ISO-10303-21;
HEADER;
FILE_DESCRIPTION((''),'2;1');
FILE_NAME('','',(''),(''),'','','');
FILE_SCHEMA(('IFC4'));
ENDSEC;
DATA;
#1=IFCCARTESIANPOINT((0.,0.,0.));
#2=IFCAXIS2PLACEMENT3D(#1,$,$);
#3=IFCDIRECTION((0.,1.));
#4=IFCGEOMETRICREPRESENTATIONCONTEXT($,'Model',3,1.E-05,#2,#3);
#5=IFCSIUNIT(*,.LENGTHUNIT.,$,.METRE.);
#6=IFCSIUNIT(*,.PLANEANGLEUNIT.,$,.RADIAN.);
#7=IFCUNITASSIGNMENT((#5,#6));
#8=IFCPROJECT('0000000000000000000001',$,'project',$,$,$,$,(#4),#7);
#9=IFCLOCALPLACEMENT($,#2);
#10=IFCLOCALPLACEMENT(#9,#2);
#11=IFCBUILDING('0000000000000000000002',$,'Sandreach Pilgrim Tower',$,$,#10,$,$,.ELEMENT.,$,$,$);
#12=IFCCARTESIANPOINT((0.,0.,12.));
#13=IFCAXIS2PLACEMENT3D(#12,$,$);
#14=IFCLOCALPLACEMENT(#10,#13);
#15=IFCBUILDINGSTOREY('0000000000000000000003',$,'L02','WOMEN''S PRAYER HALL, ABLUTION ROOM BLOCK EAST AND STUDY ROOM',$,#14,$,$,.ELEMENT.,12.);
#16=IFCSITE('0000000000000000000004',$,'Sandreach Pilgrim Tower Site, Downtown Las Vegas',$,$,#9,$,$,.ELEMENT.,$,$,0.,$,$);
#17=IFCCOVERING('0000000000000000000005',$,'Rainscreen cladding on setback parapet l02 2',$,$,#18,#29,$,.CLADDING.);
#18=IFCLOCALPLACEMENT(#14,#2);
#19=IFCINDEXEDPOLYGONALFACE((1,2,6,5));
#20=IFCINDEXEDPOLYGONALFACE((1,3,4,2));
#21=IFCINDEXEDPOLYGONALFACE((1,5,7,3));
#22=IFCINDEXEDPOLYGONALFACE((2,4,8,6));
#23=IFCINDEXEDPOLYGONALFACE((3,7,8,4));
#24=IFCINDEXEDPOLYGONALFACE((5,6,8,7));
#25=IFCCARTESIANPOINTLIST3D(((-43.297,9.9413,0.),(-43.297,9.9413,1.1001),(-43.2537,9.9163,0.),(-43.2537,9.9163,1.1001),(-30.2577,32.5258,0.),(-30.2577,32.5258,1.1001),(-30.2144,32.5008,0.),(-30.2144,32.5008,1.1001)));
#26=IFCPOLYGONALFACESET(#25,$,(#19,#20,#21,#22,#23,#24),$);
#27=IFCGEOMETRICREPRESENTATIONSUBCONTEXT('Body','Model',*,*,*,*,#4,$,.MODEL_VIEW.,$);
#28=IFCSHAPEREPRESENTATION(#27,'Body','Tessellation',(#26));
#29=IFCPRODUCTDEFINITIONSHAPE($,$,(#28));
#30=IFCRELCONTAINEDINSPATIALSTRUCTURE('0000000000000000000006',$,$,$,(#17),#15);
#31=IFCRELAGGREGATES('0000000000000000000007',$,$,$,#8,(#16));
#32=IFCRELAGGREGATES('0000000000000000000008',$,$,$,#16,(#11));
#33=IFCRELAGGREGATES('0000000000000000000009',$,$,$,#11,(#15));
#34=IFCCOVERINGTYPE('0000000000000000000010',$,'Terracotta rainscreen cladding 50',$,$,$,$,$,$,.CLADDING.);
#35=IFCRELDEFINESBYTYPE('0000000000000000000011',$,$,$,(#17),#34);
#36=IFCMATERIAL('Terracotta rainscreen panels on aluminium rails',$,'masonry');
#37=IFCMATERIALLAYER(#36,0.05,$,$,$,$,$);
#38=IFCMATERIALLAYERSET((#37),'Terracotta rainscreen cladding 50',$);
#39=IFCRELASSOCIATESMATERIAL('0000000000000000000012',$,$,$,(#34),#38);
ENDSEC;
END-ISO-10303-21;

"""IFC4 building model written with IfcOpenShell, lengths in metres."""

from ifc_helpers import new_model, si_unit, direction, frame, frame_2d, origin, place, context, subcontext, project, spatial, rectangle, extrude, material, layer, layer_set, type_object, element, save


model = new_model("IFC4")

# Units and contexts
model_context = context("Model", 3, precision=1e-05, world=origin(), true_north=direction((0.0, 1.0)))
body_context = subcontext(model_context, "Body", "Model", "MODEL_VIEW")
ifc_project = project(units=[si_unit("LENGTHUNIT", "METRE"), si_unit("PLANEANGLEUNIT", "RADIAN")], contexts=[model_context])

# Site, building, storey
site_placement = place(None, origin())
site = spatial("IfcSite", under=ifc_project, at=site_placement, Name="Sandreach Pilgrim Tower Site, Downtown Las Vegas", CompositionType="ELEMENT", RefElevation=0.0)
building_placement = place(site_placement, origin())
building = spatial("IfcBuilding", under=site, at=building_placement, Name="Sandreach Pilgrim Tower", CompositionType="ELEMENT")
storey_placement = place(building_placement, frame((0.0, 0.0, 12.0)))
storey = spatial("IfcBuildingStorey", under=building, at=storey_placement, Name="L02", Description="WOMEN'S PRAYER HALL, ABLUTION ROOM BLOCK EAST AND STUDY ROOM", CompositionType="ELEMENT", Elevation=12.0)

# Covering
ifc_material_1 = material(Name="Terracotta rainscreen panels on aluminium rails", Category="masonry")
ifc_layer_1 = layer(ifc_material_1, 0.05)
ifc_layer_set_1 = layer_set([ifc_layer_1], Name="Terracotta rainscreen cladding 50")
covering_type = type_object("IfcCoveringType", Name="Terracotta rainscreen cladding 50", PredefinedType="CLADDING", material=ifc_layer_set_1)
covering_1_placement = place(storey_placement, frame((-30.2361, 32.5132, 0.0), z_axis=(0.0, 0.0, 1.0), x_axis=(-0.500004, -0.866023, 0.0)))
element("IfcCovering", 1, at=covering_1_placement, inside=storey, type_object=covering_type, Name="Rainscreen cladding on setback parapet l02 2", PredefinedType="CLADDING", context=body_context, shape_type="SweptSolid", body=[
    extrude(rectangle(XDim=26.0784, YDim=0.05, at=frame_2d((13.0391, 0.0))), origin(), (0.0, 0.0, 1.0), 1.1001),
])

save(model, "model.ifc")
